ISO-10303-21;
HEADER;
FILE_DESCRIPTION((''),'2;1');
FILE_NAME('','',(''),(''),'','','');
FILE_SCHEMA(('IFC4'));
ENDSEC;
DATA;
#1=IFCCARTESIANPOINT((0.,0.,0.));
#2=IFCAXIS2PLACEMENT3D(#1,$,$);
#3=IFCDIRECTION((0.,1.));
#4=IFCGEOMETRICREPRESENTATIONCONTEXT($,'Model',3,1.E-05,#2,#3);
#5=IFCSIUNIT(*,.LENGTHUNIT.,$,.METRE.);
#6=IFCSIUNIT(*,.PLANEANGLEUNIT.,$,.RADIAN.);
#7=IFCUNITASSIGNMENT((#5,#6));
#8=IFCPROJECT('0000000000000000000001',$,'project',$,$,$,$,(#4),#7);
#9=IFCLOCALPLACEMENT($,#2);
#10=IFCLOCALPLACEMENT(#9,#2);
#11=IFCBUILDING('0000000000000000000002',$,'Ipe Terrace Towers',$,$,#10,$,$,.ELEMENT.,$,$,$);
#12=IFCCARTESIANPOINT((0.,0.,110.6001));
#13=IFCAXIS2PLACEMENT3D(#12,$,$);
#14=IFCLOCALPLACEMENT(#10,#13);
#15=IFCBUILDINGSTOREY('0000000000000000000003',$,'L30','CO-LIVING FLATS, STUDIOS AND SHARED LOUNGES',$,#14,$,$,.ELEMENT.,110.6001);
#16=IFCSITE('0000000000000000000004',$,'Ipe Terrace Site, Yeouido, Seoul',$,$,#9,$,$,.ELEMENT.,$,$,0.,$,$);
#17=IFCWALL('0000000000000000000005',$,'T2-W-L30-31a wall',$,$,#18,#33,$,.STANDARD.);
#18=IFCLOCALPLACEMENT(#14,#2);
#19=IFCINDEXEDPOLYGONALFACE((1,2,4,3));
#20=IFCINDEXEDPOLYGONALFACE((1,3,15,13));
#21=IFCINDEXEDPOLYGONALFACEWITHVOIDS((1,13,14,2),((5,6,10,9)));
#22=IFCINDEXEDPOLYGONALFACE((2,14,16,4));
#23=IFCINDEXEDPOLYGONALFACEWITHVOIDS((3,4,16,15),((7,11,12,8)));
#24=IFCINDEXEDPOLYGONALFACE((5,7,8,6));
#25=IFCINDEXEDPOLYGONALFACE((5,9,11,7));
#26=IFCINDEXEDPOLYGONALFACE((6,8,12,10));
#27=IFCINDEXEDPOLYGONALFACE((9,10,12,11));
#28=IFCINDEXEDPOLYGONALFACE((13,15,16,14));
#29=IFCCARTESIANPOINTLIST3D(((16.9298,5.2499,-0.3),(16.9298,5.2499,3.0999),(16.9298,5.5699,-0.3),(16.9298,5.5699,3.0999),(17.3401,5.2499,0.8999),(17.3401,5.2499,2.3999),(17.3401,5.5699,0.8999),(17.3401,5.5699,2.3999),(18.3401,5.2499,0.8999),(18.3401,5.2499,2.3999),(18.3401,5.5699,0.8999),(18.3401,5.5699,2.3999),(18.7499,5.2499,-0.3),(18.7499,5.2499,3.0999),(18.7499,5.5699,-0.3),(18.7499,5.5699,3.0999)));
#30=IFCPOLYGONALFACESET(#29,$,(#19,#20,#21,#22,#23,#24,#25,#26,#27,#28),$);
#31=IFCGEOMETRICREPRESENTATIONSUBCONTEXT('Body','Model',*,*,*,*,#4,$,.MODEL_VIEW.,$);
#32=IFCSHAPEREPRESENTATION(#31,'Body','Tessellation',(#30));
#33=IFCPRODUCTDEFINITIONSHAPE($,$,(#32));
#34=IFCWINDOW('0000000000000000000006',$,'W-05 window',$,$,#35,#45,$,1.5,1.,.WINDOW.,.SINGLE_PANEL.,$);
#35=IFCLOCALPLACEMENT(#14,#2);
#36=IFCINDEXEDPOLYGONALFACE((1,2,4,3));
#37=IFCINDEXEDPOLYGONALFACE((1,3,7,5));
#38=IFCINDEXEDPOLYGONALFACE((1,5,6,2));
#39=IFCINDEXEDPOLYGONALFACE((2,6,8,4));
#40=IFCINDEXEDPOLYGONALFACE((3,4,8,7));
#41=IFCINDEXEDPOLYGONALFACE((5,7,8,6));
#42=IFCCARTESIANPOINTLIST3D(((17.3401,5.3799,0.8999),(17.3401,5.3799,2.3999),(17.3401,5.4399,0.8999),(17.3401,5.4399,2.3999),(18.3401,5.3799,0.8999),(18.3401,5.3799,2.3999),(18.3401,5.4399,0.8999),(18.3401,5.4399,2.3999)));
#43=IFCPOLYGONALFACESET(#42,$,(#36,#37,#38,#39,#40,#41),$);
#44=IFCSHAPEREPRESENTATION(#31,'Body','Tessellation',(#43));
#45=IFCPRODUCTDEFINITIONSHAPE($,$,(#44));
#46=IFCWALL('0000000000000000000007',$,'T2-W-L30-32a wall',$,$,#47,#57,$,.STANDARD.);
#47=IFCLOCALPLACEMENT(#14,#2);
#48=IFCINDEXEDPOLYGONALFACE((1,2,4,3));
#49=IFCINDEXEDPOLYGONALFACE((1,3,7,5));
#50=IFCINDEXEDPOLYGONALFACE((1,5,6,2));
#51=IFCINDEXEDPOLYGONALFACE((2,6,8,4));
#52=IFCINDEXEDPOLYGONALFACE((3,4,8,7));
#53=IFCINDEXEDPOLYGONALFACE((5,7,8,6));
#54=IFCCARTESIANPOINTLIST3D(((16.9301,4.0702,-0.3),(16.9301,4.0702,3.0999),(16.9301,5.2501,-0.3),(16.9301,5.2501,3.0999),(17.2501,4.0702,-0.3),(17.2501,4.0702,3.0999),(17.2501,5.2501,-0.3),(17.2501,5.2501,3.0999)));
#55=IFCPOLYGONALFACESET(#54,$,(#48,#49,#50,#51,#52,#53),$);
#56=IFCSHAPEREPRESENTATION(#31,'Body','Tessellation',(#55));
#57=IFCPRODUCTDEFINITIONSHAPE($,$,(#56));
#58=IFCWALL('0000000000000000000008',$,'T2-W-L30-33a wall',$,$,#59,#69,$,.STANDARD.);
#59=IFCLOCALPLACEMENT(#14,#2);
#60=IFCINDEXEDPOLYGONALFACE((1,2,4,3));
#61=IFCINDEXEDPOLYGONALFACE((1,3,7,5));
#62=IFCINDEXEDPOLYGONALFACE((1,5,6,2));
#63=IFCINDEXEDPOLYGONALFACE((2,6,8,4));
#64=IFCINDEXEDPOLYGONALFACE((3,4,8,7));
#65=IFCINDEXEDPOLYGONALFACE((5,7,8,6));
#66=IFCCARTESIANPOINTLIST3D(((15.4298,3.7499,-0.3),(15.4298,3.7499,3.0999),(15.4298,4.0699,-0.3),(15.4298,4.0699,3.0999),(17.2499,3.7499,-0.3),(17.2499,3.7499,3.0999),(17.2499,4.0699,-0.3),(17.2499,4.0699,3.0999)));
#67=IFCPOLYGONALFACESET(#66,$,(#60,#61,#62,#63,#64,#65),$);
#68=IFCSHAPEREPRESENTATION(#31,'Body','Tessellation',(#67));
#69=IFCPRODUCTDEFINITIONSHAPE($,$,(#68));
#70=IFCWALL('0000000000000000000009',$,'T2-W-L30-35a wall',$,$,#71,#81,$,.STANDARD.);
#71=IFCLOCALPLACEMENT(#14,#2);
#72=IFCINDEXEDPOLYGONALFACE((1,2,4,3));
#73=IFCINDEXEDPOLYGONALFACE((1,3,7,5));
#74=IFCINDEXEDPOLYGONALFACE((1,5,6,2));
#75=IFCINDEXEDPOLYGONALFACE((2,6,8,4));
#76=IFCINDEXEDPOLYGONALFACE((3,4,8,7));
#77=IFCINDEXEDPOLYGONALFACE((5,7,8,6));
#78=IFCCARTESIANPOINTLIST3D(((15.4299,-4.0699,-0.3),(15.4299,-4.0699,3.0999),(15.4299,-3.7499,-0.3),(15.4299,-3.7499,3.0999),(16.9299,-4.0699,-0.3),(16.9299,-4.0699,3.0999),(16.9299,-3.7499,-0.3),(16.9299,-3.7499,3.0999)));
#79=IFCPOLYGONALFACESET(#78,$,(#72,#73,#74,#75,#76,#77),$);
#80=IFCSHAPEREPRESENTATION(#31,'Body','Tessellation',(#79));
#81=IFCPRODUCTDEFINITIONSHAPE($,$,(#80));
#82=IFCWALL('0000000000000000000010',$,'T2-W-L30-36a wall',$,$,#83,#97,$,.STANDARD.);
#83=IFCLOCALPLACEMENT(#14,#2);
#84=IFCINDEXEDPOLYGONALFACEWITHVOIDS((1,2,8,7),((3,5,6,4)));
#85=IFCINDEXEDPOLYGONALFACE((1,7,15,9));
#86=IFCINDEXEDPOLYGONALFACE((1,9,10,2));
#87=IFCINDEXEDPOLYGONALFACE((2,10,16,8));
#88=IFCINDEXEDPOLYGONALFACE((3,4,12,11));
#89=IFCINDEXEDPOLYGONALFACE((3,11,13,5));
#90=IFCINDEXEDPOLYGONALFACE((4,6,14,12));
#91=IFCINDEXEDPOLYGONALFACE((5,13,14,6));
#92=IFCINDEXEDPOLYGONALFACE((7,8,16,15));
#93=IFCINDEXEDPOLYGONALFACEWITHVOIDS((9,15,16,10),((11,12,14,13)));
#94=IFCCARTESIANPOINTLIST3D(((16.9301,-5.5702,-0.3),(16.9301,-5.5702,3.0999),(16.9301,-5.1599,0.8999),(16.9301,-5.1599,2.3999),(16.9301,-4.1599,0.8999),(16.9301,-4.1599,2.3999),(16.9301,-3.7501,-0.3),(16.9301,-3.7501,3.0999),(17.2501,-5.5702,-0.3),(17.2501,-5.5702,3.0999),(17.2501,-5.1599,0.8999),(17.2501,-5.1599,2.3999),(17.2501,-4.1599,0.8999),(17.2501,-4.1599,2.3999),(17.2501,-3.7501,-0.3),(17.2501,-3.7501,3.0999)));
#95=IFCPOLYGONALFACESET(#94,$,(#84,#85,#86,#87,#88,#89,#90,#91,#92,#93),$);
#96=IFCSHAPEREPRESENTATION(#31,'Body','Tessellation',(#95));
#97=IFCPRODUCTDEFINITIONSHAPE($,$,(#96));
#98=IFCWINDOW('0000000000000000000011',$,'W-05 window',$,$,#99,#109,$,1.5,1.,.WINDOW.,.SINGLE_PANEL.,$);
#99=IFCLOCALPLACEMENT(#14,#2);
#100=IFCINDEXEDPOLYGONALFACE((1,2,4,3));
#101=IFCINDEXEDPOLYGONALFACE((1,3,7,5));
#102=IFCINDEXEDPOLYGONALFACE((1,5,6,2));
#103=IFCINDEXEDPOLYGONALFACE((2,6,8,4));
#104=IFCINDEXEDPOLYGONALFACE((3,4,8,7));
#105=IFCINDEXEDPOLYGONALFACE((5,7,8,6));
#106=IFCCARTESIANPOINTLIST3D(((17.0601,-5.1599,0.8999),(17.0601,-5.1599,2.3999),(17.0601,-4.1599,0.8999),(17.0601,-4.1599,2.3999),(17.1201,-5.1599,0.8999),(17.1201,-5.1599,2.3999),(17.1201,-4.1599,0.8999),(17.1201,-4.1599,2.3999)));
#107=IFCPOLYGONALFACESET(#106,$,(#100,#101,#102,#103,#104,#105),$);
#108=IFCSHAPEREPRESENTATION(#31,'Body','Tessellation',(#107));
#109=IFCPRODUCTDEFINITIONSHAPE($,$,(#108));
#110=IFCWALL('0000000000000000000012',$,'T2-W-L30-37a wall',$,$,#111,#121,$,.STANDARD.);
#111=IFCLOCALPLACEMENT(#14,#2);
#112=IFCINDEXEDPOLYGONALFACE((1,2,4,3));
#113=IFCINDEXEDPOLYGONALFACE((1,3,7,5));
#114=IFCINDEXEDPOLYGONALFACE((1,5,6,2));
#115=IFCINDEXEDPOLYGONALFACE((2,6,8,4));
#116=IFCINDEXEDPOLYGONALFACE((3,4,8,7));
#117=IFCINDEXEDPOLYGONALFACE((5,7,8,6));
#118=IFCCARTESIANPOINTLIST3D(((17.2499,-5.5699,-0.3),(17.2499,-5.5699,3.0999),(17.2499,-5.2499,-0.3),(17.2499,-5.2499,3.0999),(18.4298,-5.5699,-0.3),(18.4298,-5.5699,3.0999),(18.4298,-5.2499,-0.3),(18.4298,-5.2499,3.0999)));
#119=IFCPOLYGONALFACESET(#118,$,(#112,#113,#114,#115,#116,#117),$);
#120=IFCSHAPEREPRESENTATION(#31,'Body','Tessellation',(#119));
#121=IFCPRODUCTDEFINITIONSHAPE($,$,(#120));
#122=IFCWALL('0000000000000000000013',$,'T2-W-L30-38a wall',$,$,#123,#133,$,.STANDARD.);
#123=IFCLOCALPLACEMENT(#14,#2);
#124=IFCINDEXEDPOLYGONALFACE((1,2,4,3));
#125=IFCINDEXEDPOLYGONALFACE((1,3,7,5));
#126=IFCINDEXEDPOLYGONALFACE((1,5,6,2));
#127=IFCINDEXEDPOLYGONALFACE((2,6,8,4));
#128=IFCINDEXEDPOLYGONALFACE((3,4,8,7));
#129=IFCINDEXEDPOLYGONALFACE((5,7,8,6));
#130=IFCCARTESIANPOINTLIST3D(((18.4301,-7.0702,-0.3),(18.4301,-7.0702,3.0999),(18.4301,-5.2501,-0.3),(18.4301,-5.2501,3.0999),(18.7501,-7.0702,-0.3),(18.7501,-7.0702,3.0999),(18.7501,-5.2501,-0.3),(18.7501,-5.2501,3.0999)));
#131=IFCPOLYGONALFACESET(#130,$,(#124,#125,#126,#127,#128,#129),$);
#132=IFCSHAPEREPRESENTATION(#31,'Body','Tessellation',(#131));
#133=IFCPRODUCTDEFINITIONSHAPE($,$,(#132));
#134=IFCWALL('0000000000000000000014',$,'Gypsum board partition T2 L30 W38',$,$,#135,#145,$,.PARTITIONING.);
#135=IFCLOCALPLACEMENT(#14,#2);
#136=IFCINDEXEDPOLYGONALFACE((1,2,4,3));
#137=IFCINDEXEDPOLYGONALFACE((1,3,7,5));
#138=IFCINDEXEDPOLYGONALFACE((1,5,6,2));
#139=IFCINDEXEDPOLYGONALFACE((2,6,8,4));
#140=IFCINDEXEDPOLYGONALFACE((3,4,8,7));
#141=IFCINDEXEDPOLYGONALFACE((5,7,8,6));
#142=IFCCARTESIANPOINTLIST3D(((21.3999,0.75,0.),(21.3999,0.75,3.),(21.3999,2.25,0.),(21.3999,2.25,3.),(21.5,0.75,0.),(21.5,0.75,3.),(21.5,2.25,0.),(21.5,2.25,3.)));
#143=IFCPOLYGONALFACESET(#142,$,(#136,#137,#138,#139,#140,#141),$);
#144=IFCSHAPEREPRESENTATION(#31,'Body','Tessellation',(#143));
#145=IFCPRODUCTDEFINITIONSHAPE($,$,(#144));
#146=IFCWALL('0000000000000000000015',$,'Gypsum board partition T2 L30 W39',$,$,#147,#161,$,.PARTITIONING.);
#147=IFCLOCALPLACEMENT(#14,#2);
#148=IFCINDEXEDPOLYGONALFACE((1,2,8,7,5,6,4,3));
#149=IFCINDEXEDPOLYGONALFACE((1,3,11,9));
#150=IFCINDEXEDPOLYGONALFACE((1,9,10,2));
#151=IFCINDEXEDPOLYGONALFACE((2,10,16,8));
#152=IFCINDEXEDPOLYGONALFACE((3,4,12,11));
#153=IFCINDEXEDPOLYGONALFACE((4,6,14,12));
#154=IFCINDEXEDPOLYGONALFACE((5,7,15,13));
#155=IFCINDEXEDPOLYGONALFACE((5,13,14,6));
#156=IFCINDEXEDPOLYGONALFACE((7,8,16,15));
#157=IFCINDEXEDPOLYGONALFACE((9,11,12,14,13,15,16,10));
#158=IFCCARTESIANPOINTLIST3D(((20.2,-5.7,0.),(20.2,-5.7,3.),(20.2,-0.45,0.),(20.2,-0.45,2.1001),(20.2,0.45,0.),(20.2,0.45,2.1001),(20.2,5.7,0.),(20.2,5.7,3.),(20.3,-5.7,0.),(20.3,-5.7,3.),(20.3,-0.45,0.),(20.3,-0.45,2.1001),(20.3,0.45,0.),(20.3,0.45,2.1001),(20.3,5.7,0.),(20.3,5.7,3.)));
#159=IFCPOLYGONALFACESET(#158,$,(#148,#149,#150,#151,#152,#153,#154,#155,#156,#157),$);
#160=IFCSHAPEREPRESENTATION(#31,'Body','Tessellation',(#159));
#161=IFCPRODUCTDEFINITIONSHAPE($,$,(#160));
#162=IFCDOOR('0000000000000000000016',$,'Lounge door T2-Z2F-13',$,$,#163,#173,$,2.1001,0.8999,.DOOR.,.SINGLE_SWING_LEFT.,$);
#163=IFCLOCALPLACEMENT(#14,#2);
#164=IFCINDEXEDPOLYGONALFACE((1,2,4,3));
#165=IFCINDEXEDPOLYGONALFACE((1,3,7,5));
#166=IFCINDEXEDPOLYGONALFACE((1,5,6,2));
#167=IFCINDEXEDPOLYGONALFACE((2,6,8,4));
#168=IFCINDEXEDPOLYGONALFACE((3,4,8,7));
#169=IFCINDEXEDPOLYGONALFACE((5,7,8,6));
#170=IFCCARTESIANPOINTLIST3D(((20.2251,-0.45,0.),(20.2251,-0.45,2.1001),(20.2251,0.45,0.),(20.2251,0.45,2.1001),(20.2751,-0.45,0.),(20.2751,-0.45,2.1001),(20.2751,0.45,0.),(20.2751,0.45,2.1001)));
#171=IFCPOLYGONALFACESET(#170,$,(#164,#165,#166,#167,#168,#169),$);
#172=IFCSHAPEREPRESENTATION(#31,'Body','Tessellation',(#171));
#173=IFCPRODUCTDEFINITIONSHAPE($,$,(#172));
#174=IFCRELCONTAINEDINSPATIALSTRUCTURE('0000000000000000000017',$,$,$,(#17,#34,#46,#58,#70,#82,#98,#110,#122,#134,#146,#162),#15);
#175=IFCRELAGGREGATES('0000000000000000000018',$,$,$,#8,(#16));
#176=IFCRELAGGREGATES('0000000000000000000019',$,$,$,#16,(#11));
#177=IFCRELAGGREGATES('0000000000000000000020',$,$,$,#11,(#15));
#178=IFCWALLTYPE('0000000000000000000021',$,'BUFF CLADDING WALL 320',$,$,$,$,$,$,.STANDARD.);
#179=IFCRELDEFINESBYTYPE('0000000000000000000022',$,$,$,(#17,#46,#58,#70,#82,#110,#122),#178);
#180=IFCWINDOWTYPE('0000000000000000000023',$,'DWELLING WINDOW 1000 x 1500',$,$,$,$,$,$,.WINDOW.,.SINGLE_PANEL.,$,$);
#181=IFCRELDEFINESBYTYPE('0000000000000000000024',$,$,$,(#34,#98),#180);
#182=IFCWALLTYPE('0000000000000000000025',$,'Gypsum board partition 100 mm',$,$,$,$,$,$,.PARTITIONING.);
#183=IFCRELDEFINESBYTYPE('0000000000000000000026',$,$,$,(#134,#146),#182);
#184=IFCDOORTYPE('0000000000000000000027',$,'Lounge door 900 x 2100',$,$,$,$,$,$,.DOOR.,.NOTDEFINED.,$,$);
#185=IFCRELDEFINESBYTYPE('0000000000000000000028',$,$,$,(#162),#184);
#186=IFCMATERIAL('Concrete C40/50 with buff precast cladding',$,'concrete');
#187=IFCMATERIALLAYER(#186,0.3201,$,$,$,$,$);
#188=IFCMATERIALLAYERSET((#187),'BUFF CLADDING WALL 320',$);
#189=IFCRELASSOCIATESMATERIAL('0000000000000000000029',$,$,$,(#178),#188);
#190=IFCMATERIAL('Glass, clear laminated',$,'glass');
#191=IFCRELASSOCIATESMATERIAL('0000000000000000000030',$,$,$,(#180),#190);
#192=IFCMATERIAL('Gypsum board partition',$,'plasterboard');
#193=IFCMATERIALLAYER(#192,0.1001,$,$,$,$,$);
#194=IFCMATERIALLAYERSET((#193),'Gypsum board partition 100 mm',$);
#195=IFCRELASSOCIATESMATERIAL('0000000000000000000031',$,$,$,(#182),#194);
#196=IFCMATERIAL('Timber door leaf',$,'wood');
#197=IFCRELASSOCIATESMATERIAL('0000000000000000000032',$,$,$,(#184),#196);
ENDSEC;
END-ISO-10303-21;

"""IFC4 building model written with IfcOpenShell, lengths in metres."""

from ifc_helpers import new_model, si_unit, direction, frame, frame_2d, origin, place, context, subcontext, project, spatial, rectangle, extrude, material, layer, layer_set, type_object, element, fill, save


model = new_model("IFC4")

# Units and contexts
model_context = context("Model", 3, precision=1e-05, world=origin(), true_north=direction((0.0, 1.0)))
body_context = subcontext(model_context, "Body", "Model", "MODEL_VIEW")
ifc_project = project(units=[si_unit("LENGTHUNIT", "METRE"), si_unit("PLANEANGLEUNIT", "RADIAN")], contexts=[model_context])

# Site, building, storey
site_placement = place(None, origin())
site = spatial("IfcSite", under=ifc_project, at=site_placement, Name="Ipe Terrace Site, Yeouido, Seoul", CompositionType="ELEMENT", RefElevation=0.0)
building_placement = place(site_placement, origin())
building = spatial("IfcBuilding", under=site, at=building_placement, Name="Ipe Terrace Towers", CompositionType="ELEMENT")
storey_placement = place(building_placement, frame((0.0, 0.0, 110.6001)))
storey = spatial("IfcBuildingStorey", under=building, at=storey_placement, Name="L30", Description="CO-LIVING FLATS, STUDIOS AND SHARED LOUNGES", CompositionType="ELEMENT", Elevation=110.6001)

# Shared definitions
ifc_material_1 = material(Name="Concrete C40/50 with buff precast cladding", Category="concrete")
ifc_layer_1 = layer(ifc_material_1, 0.3201)
ifc_layer_set_1 = layer_set([ifc_layer_1], Name="BUFF CLADDING WALL 320")
wall_type_1 = type_object("IfcWallType", Name="BUFF CLADDING WALL 320", PredefinedType="STANDARD", material=ifc_layer_set_1)

# Wall, opening, window
wall_1_placement = place(storey_placement, frame((18.75, 5.4099, -0.3), z_axis=(0.0, 0.0, 1.0), x_axis=(-1.0, 0.0, 0.0)))
wall_1 = element("IfcWall", 1, at=wall_1_placement, inside=storey, type_object=wall_type_1, Name="T2-W-L30-31a wall", PredefinedType="STANDARD", context=body_context, shape_type="SweptSolid", body=[
    extrude(rectangle(XDim=1.8201, YDim=0.3201, at=frame_2d((0.9102, 0.0))), origin(), (0.0, 0.0, 1.0), 3.3999),
])
opening_1_placement = place(wall_1_placement, frame((0.4099, 0.0, 1.2)))
opening_1 = element("IfcOpeningElement", 2, at=opening_1_placement, cuts=wall_1, PredefinedType="OPENING", context=body_context, shape_type="SweptSolid", body=[
    extrude(rectangle(XDim=1.0, YDim=1.5, at=frame_2d((0.5, 0.75))), frame((0.0, 0.1699, 0.0), z_axis=(0.0, -1.0, 0.0), x_axis=(1.0, 0.0, 0.0)), (0.0, 0.0, 1.0), 0.3401),
])
ifc_material_2 = material(Name="Glass, clear laminated", Category="glass")
window_type = type_object("IfcWindowType", Name="DWELLING WINDOW 1000 x 1500", PartitioningType="SINGLE_PANEL", PredefinedType="WINDOW", material=ifc_material_2)
window_1_placement = place(opening_1_placement, origin())
window_1 = element("IfcWindow", 3, at=window_1_placement, inside=storey, type_object=window_type, Name="W-05 window", OverallHeight=1.5, OverallWidth=1.0, PartitioningType="SINGLE_PANEL", PredefinedType="WINDOW", context=body_context, shape_type="SweptSolid", body=[
    extrude(rectangle(XDim=1.0, YDim=1.5, at=frame_2d((0.5, 0.75))), frame((0.0, 0.03, 0.0), z_axis=(0.0, -1.0, 0.0), x_axis=(1.0, 0.0, 0.0)), (0.0, 0.0, 1.0), 0.0601),
])
fill(opening_1, window_1)

# Walls
wall_2_placement = place(storey_placement, frame((17.0901, 5.25, -0.3), z_axis=(0.0, 0.0, 1.0), x_axis=(0.0, -1.0, 0.0)))
element("IfcWall", 4, at=wall_2_placement, inside=storey, type_object=wall_type_1, Name="T2-W-L30-32a wall", PredefinedType="STANDARD", context=body_context, shape_type="SweptSolid", body=[
    extrude(rectangle(XDim=1.1799, YDim=0.3201, at=frame_2d((0.5898, 0.0))), origin(), (0.0, 0.0, 1.0), 3.3999),
])
wall_3_placement = place(storey_placement, frame((17.25, 3.9099, -0.3), z_axis=(0.0, 0.0, 1.0), x_axis=(-1.0, 0.0, 0.0)))
element("IfcWall", 5, at=wall_3_placement, inside=storey, type_object=wall_type_1, Name="T2-W-L30-33a wall", PredefinedType="STANDARD", context=body_context, shape_type="SweptSolid", body=[
    extrude(rectangle(XDim=1.8201, YDim=0.3201, at=frame_2d((0.9102, 0.0))), origin(), (0.0, 0.0, 1.0), 3.3999),
])
wall_4_placement = place(storey_placement, frame((15.4299, -3.9099, -0.3), z_axis=(0.0, 0.0, 1.0), x_axis=(1.0, 0.0, 0.0)))
element("IfcWall", 6, at=wall_4_placement, inside=storey, type_object=wall_type_1, Name="T2-W-L30-35a wall", PredefinedType="STANDARD", context=body_context, shape_type="SweptSolid", body=[
    extrude(rectangle(XDim=1.5, YDim=0.3201, at=frame_2d((0.75, 0.0))), origin(), (0.0, 0.0, 1.0), 3.3999),
])

# Wall, opening, window
wall_5_placement = place(storey_placement, frame((17.0901, -3.75, -0.3), z_axis=(0.0, 0.0, 1.0), x_axis=(0.0, -1.0, 0.0)))
wall_5 = element("IfcWall", 7, at=wall_5_placement, inside=storey, type_object=wall_type_1, Name="T2-W-L30-36a wall", PredefinedType="STANDARD", context=body_context, shape_type="SweptSolid", body=[
    extrude(rectangle(XDim=1.8201, YDim=0.3201, at=frame_2d((0.9102, 0.0))), origin(), (0.0, 0.0, 1.0), 3.3999),
])
opening_2_placement = place(wall_5_placement, frame((0.4099, 0.0, 1.2)))
opening_2 = element("IfcOpeningElement", 8, at=opening_2_placement, cuts=wall_5, PredefinedType="OPENING", context=body_context, shape_type="SweptSolid", body=[
    extrude(rectangle(XDim=1.0, YDim=1.5, at=frame_2d((0.5, 0.75))), frame((0.0, 0.1699, 0.0), z_axis=(0.0, -1.0, 0.0), x_axis=(1.0, 0.0, 0.0)), (0.0, 0.0, 1.0), 0.3401),
])
window_2_placement = place(opening_2_placement, origin())
window_2 = element("IfcWindow", 9, at=window_2_placement, inside=storey, type_object=window_type, Name="W-05 window", OverallHeight=1.5, OverallWidth=1.0, PartitioningType="SINGLE_PANEL", PredefinedType="WINDOW", context=body_context, shape_type="SweptSolid", body=[
    extrude(rectangle(XDim=1.0, YDim=1.5, at=frame_2d((0.5, 0.75))), frame((0.0, 0.03, 0.0), z_axis=(0.0, -1.0, 0.0), x_axis=(1.0, 0.0, 0.0)), (0.0, 0.0, 1.0), 0.0601),
])
fill(opening_2, window_2)

# Walls
wall_6_placement = place(storey_placement, frame((17.25, -5.4099, -0.3), z_axis=(0.0, 0.0, 1.0), x_axis=(1.0, 0.0, 0.0)))
element("IfcWall", 10, at=wall_6_placement, inside=storey, type_object=wall_type_1, Name="T2-W-L30-37a wall", PredefinedType="STANDARD", context=body_context, shape_type="SweptSolid", body=[
    extrude(rectangle(XDim=1.1799, YDim=0.3201, at=frame_2d((0.5898, 0.0))), origin(), (0.0, 0.0, 1.0), 3.3999),
])
wall_7_placement = place(storey_placement, frame((18.5901, -5.25, -0.3), z_axis=(0.0, 0.0, 1.0), x_axis=(0.0, -1.0, 0.0)))
element("IfcWall", 11, at=wall_7_placement, inside=storey, type_object=wall_type_1, Name="T2-W-L30-38a wall", PredefinedType="STANDARD", context=body_context, shape_type="SweptSolid", body=[
    extrude(rectangle(XDim=1.8201, YDim=0.3201, at=frame_2d((0.9102, 0.0))), origin(), (0.0, 0.0, 1.0), 3.3999),
])
ifc_material_3 = material(Name="Gypsum board partition", Category="plasterboard")
ifc_layer_2 = layer(ifc_material_3, 0.1001)
ifc_layer_set_2 = layer_set([ifc_layer_2], Name="Gypsum board partition 100 mm")
wall_type_2 = type_object("IfcWallType", Name="Gypsum board partition 100 mm", PredefinedType="PARTITIONING", material=ifc_layer_set_2)
wall_8_placement = place(storey_placement, frame((21.45, 0.75, 0.0), z_axis=(0.0, 0.0, 1.0), x_axis=(0.0, 1.0, 0.0)))
element("IfcWall", 12, at=wall_8_placement, inside=storey, type_object=wall_type_2, Name="Gypsum board partition T2 L30 W38", PredefinedType="PARTITIONING", context=body_context, shape_type="SweptSolid", body=[
    extrude(rectangle(XDim=1.5, YDim=0.1001, at=frame_2d((0.75, 0.0))), origin(), (0.0, 0.0, 1.0), 3.0),
])

# Wall, opening, door
wall_9_placement = place(storey_placement, frame((20.25, -5.7, 0.0), z_axis=(0.0, 0.0, 1.0), x_axis=(0.0, 1.0, 0.0)))
wall_9 = element("IfcWall", 13, at=wall_9_placement, inside=storey, type_object=wall_type_2, Name="Gypsum board partition T2 L30 W39", PredefinedType="PARTITIONING", context=body_context, shape_type="SweptSolid", body=[
    extrude(rectangle(XDim=11.3999, YDim=0.1001, at=frame_2d((5.7, 0.0))), origin(), (0.0, 0.0, 1.0), 3.0),
])
opening_3_placement = place(wall_9_placement, frame((5.25, 0.0, 0.0)))
opening_3 = element("IfcOpeningElement", 14, at=opening_3_placement, cuts=wall_9, PredefinedType="OPENING", context=body_context, shape_type="SweptSolid", body=[
    extrude(rectangle(XDim=0.8999, YDim=2.1001, at=frame_2d((0.45, 1.05))), frame((0.0, 0.0601, 0.0), z_axis=(0.0, -1.0, 0.0), x_axis=(1.0, 0.0, 0.0)), (0.0, 0.0, 1.0), 0.1201),
])
ifc_material_4 = material(Name="Timber door leaf", Category="wood")
door_type = type_object("IfcDoorType", Name="Lounge door 900 x 2100", OperationType="NOTDEFINED", PredefinedType="DOOR", material=ifc_material_4)
door_placement = place(opening_3_placement, origin())
door = element("IfcDoor", 15, at=door_placement, inside=storey, type_object=door_type, Name="Lounge door T2-Z2F-13", OperationType="SINGLE_SWING_LEFT", OverallHeight=2.1001, OverallWidth=0.8999, PredefinedType="DOOR", context=body_context, shape_type="SweptSolid", body=[
    extrude(rectangle(XDim=0.8999, YDim=2.1001, at=frame_2d((0.45, 1.05))), frame((0.0, 0.0249, 0.0), z_axis=(0.0, -1.0, 0.0), x_axis=(1.0, 0.0, 0.0)), (0.0, 0.0, 1.0), 0.05),
])
fill(opening_3, door)

save(model, "model.ifc")
